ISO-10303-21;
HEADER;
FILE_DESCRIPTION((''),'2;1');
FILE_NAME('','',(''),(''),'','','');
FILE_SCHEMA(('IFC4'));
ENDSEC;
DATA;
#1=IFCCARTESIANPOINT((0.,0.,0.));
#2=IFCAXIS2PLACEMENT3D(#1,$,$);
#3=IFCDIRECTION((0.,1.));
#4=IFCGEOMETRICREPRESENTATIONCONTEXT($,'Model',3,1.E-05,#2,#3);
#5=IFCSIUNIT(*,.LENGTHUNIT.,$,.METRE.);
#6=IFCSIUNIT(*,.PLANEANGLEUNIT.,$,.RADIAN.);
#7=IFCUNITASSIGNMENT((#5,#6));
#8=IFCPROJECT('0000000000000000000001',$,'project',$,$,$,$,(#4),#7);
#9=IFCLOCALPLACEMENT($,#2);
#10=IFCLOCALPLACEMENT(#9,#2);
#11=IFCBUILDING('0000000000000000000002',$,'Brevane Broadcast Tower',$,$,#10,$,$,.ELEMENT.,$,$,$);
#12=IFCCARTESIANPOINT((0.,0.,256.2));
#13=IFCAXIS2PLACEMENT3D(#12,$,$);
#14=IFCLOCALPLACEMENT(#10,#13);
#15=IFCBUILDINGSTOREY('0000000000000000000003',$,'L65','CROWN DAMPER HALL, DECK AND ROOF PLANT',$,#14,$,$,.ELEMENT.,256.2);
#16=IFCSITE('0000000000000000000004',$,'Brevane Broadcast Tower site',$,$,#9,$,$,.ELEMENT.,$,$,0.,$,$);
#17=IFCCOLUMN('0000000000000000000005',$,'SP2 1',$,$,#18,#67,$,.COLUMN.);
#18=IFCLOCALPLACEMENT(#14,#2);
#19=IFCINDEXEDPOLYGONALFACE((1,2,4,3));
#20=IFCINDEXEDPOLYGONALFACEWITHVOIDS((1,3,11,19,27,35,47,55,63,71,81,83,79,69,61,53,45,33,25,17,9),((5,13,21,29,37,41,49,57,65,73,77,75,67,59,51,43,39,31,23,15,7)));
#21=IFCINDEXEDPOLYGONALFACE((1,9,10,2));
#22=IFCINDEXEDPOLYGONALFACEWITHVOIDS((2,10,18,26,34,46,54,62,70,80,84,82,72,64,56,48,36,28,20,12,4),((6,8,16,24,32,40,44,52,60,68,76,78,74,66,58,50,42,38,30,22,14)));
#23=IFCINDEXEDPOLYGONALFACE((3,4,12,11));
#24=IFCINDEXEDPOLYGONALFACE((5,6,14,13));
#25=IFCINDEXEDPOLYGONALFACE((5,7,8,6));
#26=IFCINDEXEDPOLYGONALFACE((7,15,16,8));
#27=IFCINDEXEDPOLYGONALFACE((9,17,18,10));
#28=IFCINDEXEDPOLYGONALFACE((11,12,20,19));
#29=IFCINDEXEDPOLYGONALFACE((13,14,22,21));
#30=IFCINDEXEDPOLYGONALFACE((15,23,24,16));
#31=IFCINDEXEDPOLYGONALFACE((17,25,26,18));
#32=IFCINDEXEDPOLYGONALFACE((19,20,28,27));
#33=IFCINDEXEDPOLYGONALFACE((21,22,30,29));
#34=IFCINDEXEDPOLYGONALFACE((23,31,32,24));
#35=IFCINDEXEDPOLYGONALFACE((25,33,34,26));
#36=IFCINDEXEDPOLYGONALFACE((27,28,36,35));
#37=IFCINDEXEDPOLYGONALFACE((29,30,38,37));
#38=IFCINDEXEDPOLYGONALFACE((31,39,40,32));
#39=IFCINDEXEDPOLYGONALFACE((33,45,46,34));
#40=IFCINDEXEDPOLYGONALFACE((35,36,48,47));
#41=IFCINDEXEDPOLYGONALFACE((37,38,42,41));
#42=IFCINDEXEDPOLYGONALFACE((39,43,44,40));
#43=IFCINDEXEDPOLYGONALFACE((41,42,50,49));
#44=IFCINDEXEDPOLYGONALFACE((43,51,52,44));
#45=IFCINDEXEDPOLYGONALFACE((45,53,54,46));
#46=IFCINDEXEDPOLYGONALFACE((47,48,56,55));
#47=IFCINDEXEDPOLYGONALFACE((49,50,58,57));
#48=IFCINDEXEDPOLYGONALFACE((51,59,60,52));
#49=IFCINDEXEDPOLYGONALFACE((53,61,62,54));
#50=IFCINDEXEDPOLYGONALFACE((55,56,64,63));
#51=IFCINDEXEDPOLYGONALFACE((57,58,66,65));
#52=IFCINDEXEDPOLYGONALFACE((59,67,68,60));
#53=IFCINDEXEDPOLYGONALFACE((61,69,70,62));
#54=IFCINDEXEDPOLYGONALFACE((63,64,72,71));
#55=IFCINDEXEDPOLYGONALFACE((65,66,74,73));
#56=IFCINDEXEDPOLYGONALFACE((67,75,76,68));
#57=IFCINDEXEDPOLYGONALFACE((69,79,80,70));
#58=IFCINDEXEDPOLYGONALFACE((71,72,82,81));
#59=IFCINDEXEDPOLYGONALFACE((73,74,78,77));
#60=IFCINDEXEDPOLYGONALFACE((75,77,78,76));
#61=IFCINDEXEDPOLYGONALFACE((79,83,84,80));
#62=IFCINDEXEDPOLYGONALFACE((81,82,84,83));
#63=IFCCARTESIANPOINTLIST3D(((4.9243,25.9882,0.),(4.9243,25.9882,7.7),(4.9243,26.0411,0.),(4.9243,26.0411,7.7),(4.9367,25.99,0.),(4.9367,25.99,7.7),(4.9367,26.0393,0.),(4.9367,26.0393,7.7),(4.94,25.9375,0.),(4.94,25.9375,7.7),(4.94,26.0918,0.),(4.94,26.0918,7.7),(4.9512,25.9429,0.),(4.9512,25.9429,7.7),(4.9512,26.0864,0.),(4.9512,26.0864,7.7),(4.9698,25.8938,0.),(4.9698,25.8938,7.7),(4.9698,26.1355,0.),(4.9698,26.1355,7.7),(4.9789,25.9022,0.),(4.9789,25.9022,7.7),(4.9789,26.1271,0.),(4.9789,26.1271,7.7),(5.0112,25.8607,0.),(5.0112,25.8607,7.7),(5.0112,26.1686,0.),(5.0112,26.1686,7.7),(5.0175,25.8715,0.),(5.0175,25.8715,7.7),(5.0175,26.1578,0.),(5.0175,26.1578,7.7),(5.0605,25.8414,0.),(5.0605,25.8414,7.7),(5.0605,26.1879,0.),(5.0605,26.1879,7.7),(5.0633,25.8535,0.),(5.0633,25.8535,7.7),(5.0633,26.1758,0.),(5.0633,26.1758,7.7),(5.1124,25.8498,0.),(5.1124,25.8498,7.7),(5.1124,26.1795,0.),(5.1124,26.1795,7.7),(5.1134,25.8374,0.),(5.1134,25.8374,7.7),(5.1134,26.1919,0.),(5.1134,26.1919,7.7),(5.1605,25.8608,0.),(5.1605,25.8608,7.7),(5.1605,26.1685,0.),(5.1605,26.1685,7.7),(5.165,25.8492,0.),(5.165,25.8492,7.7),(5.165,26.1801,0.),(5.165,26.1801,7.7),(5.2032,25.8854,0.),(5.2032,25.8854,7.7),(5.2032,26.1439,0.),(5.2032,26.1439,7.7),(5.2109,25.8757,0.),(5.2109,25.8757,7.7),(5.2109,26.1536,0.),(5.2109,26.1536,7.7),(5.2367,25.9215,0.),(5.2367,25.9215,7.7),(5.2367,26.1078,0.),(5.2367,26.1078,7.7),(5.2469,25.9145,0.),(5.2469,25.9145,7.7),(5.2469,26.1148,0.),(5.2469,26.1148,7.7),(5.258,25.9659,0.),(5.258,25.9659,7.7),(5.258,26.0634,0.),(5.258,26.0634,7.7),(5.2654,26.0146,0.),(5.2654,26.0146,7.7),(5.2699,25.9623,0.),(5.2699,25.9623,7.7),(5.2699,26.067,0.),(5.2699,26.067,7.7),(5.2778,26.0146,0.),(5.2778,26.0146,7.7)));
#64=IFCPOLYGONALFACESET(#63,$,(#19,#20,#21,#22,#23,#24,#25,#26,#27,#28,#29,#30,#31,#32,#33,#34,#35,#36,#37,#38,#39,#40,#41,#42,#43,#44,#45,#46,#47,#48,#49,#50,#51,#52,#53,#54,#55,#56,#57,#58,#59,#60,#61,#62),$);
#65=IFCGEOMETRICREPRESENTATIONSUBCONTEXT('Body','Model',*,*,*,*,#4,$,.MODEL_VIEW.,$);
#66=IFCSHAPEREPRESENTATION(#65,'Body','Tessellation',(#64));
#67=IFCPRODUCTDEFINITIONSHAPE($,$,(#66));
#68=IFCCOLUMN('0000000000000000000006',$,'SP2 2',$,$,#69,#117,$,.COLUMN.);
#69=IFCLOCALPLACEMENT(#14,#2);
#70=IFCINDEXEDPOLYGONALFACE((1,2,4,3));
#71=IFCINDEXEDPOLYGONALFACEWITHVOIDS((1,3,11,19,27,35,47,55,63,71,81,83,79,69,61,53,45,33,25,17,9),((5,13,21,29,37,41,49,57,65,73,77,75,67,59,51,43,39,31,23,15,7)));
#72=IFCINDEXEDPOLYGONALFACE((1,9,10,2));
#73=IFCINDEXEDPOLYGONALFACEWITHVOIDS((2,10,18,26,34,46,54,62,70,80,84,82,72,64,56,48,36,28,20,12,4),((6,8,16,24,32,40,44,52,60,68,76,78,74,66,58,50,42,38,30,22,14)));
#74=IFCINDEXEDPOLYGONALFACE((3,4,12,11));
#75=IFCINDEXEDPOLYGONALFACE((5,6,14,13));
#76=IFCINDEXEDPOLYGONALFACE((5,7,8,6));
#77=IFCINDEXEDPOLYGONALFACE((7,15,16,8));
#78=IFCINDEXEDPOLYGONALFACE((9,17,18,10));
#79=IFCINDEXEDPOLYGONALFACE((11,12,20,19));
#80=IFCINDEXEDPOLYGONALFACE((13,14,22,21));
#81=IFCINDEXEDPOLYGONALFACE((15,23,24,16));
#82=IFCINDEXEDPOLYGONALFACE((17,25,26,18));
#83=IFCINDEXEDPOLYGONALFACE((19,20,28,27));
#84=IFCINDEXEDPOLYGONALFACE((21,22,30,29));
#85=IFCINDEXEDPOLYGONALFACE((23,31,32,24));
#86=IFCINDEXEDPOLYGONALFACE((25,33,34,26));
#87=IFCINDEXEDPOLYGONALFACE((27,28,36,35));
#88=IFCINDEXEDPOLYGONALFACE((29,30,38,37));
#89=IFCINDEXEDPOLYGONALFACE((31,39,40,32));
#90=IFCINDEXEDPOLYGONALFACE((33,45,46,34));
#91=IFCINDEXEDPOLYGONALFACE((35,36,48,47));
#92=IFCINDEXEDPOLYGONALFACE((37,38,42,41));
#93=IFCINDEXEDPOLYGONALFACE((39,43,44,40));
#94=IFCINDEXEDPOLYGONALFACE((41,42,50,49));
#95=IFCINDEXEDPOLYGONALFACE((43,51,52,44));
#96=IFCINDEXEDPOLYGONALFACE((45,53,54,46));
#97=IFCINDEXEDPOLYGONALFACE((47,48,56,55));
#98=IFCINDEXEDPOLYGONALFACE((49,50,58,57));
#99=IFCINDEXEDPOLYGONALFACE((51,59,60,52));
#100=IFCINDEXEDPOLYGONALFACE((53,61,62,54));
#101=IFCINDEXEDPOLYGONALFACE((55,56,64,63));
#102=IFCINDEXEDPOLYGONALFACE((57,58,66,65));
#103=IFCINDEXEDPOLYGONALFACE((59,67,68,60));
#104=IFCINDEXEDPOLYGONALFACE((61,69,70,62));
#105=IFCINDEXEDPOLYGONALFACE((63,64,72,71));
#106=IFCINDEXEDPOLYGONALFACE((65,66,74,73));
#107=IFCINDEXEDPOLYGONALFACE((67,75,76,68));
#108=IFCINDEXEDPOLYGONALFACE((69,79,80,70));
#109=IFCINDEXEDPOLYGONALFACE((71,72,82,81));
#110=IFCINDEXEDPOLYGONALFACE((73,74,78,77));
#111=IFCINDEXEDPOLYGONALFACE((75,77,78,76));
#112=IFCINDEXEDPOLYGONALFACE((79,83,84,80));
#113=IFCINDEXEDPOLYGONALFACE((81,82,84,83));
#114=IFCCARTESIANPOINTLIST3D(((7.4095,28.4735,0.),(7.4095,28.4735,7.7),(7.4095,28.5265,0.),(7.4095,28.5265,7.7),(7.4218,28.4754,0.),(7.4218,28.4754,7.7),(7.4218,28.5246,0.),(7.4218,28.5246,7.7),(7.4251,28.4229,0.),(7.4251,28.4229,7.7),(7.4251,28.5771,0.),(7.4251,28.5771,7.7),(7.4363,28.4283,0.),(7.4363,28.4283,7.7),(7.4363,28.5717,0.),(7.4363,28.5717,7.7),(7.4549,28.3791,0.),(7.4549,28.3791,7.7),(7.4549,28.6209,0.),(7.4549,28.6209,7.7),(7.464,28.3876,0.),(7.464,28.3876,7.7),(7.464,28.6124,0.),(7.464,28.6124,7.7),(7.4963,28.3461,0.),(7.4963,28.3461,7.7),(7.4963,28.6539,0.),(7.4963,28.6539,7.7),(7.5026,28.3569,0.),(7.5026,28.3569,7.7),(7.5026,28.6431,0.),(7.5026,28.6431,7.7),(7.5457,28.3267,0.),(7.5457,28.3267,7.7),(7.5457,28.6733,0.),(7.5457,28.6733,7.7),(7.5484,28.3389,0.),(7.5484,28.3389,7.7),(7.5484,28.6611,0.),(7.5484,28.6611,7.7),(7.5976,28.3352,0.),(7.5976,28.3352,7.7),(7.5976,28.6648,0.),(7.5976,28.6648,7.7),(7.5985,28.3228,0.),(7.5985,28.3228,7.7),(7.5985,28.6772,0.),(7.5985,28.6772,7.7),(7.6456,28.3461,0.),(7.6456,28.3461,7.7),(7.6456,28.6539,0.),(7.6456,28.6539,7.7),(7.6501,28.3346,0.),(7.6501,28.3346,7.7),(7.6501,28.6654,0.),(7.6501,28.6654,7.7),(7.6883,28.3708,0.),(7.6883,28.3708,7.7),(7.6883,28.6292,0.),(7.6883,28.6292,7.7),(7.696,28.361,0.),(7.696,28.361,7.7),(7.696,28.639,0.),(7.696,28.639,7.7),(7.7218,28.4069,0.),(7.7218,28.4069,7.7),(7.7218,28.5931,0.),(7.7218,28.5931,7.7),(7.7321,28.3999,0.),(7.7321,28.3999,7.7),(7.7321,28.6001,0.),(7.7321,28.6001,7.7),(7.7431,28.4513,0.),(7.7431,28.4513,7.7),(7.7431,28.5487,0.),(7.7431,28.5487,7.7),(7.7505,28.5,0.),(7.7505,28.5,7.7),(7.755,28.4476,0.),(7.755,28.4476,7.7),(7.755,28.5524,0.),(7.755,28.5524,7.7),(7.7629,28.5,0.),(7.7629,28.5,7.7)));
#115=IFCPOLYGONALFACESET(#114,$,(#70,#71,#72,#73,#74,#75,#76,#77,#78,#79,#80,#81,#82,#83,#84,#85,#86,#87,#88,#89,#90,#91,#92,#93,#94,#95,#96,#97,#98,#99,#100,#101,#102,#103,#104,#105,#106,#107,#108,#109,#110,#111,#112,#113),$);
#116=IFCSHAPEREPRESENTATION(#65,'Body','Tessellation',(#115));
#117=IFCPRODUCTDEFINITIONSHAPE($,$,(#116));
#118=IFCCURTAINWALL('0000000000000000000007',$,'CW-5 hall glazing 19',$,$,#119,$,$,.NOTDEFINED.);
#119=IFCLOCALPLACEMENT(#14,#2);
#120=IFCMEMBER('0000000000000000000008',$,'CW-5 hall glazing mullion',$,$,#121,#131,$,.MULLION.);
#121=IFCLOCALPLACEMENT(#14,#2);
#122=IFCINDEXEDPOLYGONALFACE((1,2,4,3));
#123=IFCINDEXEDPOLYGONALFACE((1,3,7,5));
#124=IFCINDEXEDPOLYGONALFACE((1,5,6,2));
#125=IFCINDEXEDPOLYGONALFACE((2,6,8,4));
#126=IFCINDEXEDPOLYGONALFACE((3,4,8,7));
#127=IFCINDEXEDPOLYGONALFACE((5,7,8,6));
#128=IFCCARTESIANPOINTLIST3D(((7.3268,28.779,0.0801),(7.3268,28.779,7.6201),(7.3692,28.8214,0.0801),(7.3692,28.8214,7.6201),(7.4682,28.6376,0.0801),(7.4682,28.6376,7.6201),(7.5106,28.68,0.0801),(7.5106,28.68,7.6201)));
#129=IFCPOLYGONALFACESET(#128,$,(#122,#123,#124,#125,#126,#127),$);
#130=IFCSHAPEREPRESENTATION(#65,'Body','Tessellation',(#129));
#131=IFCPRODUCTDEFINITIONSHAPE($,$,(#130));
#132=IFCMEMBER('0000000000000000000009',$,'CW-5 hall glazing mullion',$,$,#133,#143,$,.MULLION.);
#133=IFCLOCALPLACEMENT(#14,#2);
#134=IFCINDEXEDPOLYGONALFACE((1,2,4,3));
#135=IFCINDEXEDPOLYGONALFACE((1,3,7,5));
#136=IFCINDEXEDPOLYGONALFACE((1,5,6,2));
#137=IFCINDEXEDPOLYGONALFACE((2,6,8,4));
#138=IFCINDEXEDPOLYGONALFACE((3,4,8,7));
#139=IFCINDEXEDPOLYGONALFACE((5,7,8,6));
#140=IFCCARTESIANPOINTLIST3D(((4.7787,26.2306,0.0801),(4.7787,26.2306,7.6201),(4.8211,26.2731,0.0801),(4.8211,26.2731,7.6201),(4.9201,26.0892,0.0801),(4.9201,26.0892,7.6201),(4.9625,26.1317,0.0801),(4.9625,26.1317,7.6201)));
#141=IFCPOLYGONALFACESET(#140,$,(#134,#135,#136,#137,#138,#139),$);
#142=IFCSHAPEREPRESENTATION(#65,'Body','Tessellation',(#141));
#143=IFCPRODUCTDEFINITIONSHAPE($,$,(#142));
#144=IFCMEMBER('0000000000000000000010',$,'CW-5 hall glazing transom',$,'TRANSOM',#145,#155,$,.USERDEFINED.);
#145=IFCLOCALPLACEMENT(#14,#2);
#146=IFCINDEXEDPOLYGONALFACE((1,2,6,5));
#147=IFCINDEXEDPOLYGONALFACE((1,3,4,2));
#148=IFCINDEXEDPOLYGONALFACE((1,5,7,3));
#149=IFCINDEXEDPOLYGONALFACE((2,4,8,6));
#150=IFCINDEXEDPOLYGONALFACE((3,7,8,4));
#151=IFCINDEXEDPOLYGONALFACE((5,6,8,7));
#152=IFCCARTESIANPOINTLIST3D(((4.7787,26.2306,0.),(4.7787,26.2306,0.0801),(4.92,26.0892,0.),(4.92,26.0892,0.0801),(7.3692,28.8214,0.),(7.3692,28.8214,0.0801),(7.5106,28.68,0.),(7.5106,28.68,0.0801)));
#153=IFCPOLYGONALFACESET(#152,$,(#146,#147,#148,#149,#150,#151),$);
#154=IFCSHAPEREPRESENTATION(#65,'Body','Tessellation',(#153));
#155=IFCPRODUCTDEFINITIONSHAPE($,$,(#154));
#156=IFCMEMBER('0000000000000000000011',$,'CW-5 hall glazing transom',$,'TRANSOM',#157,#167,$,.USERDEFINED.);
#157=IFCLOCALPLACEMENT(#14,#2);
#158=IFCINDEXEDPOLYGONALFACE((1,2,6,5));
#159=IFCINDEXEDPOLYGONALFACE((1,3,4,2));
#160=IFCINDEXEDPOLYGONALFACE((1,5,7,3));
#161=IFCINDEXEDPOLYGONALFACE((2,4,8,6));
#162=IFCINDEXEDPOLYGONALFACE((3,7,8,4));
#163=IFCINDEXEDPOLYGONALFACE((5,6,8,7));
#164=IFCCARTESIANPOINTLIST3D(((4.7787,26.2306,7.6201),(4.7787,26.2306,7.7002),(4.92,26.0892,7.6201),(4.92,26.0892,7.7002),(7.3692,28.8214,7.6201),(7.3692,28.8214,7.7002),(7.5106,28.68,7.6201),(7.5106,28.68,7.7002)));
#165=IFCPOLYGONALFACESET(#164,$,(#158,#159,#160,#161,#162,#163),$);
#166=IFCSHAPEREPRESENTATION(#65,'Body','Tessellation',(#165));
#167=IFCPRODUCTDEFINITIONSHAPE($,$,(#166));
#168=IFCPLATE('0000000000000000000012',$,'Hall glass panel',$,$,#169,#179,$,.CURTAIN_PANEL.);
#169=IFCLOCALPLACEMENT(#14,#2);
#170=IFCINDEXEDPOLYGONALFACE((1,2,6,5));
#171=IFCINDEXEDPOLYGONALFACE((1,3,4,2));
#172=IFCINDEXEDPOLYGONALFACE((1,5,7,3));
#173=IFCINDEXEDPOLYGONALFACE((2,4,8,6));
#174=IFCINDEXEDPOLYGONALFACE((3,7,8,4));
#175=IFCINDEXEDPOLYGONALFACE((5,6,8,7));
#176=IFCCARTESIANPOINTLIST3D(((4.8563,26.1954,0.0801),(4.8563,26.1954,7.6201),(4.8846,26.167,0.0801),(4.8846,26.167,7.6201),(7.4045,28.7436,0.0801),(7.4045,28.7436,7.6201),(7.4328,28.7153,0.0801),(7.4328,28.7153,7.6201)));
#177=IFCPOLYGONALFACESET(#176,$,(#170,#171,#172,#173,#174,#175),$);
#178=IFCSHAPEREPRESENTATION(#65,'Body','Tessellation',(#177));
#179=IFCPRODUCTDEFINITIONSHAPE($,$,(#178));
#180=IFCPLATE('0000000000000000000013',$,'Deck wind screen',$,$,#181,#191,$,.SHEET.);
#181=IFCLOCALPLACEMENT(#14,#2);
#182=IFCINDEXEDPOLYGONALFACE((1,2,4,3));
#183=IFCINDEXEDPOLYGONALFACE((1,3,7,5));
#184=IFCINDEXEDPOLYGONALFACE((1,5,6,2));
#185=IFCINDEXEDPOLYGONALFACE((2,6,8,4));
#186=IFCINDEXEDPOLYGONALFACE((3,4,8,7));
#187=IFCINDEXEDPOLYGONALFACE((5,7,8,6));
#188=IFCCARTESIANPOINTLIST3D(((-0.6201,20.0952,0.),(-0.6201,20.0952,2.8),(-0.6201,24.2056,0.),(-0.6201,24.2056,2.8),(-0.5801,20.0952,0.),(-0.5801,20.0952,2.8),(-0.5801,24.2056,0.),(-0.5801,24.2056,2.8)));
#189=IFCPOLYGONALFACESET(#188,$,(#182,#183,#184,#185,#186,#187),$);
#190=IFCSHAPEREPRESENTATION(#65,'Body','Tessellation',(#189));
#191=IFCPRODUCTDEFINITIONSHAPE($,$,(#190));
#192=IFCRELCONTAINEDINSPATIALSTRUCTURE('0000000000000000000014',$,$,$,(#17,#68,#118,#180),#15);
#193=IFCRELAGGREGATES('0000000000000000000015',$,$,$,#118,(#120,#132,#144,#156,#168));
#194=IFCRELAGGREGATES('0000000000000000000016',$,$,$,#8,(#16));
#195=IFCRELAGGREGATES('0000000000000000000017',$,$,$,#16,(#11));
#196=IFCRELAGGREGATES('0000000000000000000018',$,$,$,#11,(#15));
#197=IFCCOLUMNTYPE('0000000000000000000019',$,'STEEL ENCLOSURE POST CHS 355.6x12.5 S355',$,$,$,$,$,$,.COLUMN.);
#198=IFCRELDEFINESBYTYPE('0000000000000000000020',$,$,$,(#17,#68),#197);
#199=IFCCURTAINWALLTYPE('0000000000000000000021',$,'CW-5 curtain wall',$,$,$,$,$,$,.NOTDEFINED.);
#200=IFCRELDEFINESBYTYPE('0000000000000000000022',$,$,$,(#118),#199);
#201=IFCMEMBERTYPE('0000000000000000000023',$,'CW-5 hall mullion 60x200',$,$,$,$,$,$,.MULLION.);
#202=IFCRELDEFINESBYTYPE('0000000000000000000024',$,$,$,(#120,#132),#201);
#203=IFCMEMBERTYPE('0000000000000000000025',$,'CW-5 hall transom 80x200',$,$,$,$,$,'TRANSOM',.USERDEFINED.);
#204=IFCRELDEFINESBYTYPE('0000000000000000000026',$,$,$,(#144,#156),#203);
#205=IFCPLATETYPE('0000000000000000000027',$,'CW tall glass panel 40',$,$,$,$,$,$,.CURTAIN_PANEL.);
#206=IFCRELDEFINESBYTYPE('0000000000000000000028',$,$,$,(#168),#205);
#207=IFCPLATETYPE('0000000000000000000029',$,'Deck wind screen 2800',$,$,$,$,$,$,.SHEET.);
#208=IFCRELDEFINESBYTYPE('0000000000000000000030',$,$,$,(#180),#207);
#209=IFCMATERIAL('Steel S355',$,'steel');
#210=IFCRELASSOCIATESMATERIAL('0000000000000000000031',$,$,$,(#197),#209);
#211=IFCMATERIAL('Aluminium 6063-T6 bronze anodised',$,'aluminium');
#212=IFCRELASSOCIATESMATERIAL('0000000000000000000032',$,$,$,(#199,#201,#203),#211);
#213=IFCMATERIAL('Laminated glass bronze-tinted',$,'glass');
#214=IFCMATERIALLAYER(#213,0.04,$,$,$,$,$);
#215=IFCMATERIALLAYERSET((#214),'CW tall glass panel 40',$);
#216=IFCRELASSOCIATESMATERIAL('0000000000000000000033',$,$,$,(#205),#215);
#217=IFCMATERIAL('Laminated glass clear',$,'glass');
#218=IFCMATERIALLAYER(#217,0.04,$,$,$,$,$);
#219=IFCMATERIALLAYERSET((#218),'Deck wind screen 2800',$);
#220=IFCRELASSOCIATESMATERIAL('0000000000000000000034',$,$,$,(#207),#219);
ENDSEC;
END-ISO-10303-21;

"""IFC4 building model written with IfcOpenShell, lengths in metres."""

from ifc_helpers import new_model, si_unit, direction, frame, origin, origin_2d, place, context, subcontext, project, spatial, rectangle, hollow_circle, extrude, material, layer, layer_set, material_profile, profile_set, type_object, element, aggregate, save


model = new_model("IFC4")

# Units and contexts
model_context = context("Model", 3, precision=1e-05, world=origin(), true_north=direction((0.0, 1.0)))
body_context = subcontext(model_context, "Body", "Model", "MODEL_VIEW")
ifc_project = project(units=[si_unit("LENGTHUNIT", "METRE"), si_unit("PLANEANGLEUNIT", "RADIAN")], contexts=[model_context])

# Site, building, storey
site_placement = place(None, origin())
site = spatial("IfcSite", under=ifc_project, at=site_placement, Name="Brevane Broadcast Tower site", CompositionType="ELEMENT", RefElevation=0.0)
building_placement = place(site_placement, origin())
building = spatial("IfcBuilding", under=site, at=building_placement, Name="Brevane Broadcast Tower", CompositionType="ELEMENT")
storey_placement = place(building_placement, frame((0.0, 0.0, 256.2)))
storey = spatial("IfcBuildingStorey", under=building, at=storey_placement, Name="L65", Description="CROWN DAMPER HALL, DECK AND ROOF PLANT", CompositionType="ELEMENT", Elevation=256.2)

# Columns
ifc_material_1 = material(Name="Steel S355", Category="steel")
ifc_material_profile_1 = material_profile(ifc_material_1, hollow_circle(Radius=0.1777, WallThickness=0.0125, at=origin_2d()), Name="CHS 355.6x12.5")
ifc_profile_set_1 = profile_set([ifc_material_profile_1], Name="Steel S355")
column_type = type_object("IfcColumnType", Name="STEEL ENCLOSURE POST CHS 355.6x12.5 S355", PredefinedType="COLUMN", material=ifc_profile_set_1)
for number, where, z_axis, x_axis, name in (
    (1, (5.1001, 26.0146, 0.0), (0.0, 0.0, 1.0), (1.0, 0.0, 0.0), "SP2 1"),
    (2, (7.5852, 28.5, 0.0), (0.0, 0.0, 1.0), (1.0, 0.0, 0.0), "SP2 2"),
):
    element("IfcColumn", number, at=place(storey_placement, frame(where, z_axis=z_axis, x_axis=x_axis)), inside=storey, type_object=column_type, Name=name, PredefinedType="COLUMN", context=body_context, shape_type="SweptSolid", body=[
        extrude(hollow_circle(Radius=0.1777, WallThickness=0.0125, at=origin_2d()), origin(), (0.0, 0.0, 1.0), 7.7),
    ])

# Curtain wall, members, plate
ifc_material_2 = material(Name="Aluminium 6063-T6 bronze anodised", Category="aluminium")
curtain_wall_type = type_object("IfcCurtainWallType", Name="CW-5 curtain wall", PredefinedType="NOTDEFINED", material=ifc_material_2)
curtain_wall_placement = place(storey_placement, origin())
curtain_wall = element("IfcCurtainWall", 3, at=curtain_wall_placement, inside=storey, type_object=curtain_wall_type, Name="CW-5 hall glazing 19", PredefinedType="NOTDEFINED")
ifc_material_profile_2 = material_profile(ifc_material_2, rectangle(XDim=0.2, YDim=0.0601, at=origin_2d()), Name="RECT 60x200")
ifc_profile_set_2 = profile_set([ifc_material_profile_2], Name="Aluminium 6063-T6 bronze anodised")
member_type_1 = type_object("IfcMemberType", Name="CW-5 hall mullion 60x200", PredefinedType="MULLION", material=ifc_profile_set_2)
member_1_placement = place(storey_placement, frame((7.4187, 28.7295, 0.0801), z_axis=(0.0, 0.0, 1.0), x_axis=(0.707107, -0.707107, 0.0)))
member_1 = element("IfcMember", 4, at=member_1_placement, type_object=member_type_1, Name="CW-5 hall glazing mullion", PredefinedType="MULLION", context=body_context, shape_type="SweptSolid", body=[
    extrude(rectangle(XDim=0.2, YDim=0.0601, at=origin_2d()), origin(), (0.0, 0.0, 1.0), 7.54),
])
member_2_placement = place(storey_placement, frame((4.8706, 26.1812, 0.0801), z_axis=(0.0, 0.0, 1.0), x_axis=(0.707107, -0.707107, 0.0)))
member_2 = element("IfcMember", 5, at=member_2_placement, type_object=member_type_1, Name="CW-5 hall glazing mullion", PredefinedType="MULLION", context=body_context, shape_type="SweptSolid", body=[
    extrude(rectangle(XDim=0.2, YDim=0.0601, at=origin_2d()), origin(), (0.0, 0.0, 1.0), 7.54),
])
ifc_material_profile_3 = material_profile(ifc_material_2, rectangle(XDim=0.2, YDim=0.0801, at=origin_2d()), Name="RECT 80x200")
ifc_profile_set_3 = profile_set([ifc_material_profile_3], Name="Aluminium 6063-T6 bronze anodised")
member_type_2 = type_object("IfcMemberType", Name="CW-5 hall transom 80x200", ElementType="TRANSOM", PredefinedType="USERDEFINED", material=ifc_profile_set_3)
member_3_placement = place(storey_placement, frame((7.4399, 28.7507, 0.04), z_axis=(-0.707073, -0.70714, 0.0), x_axis=(0.70714, -0.707073, 0.0)))
member_3 = element("IfcMember", 6, at=member_3_placement, type_object=member_type_2, Name="CW-5 hall glazing transom", ObjectType="TRANSOM", PredefinedType="USERDEFINED", context=body_context, shape_type="SweptSolid", body=[
    extrude(rectangle(XDim=0.2, YDim=0.0801, at=origin_2d()), origin(), (0.0, 0.0, 1.0), 3.6638),
])
member_4_placement = place(storey_placement, frame((7.4399, 28.7507, 7.6602), z_axis=(-0.707073, -0.70714, 0.0), x_axis=(0.70714, -0.707073, 0.0)))
member_4 = element("IfcMember", 7, at=member_4_placement, type_object=member_type_2, Name="CW-5 hall glazing transom", ObjectType="TRANSOM", PredefinedType="USERDEFINED", context=body_context, shape_type="SweptSolid", body=[
    extrude(rectangle(XDim=0.2, YDim=0.0801, at=origin_2d()), origin(), (0.0, 0.0, 1.0), 3.6638),
])
ifc_material_3 = material(Name="Laminated glass bronze-tinted", Category="glass")
ifc_layer_1 = layer(ifc_material_3, 0.04)
ifc_layer_set_1 = layer_set([ifc_layer_1], Name="CW tall glass panel 40")
plate_type_1 = type_object("IfcPlateType", Name="CW tall glass panel 40", PredefinedType="CURTAIN_PANEL", material=ifc_layer_set_1)
plate_1_placement = place(storey_placement, frame((6.1445, 27.4553, 0.0801), z_axis=(0.0, 0.0, 1.0), x_axis=(-0.707107, -0.707107, 0.0)))
plate_1 = element("IfcPlate", 8, at=plate_1_placement, type_object=plate_type_1, Name="Hall glass panel", PredefinedType="CURTAIN_PANEL", context=body_context, shape_type="SweptSolid", body=[
    extrude(rectangle(XDim=3.6038, YDim=0.04, at=origin_2d()), origin(), (0.0, 0.0, 1.0), 7.54),
])
aggregate(curtain_wall, [member_1, member_2, member_3, member_4, plate_1])

# Plate
ifc_material_4 = material(Name="Laminated glass clear", Category="glass")
ifc_layer_2 = layer(ifc_material_4, 0.04)
ifc_layer_set_2 = layer_set([ifc_layer_2], Name="Deck wind screen 2800")
plate_type_2 = type_object("IfcPlateType", Name="Deck wind screen 2800", PredefinedType="SHEET", material=ifc_layer_set_2)
for number, where, z_axis, x_axis, name in (
    (9, (-0.6001, 22.1504, 0.0), (0.0, 0.0, 1.0), (0.0, 1.0, 0.0), "Deck wind screen"),
):
    element("IfcPlate", number, at=place(storey_placement, frame(where, z_axis=z_axis, x_axis=x_axis)), inside=storey, type_object=plate_type_2, Name=name, PredefinedType="SHEET", context=body_context, shape_type="SweptSolid", body=[
        extrude(rectangle(XDim=4.1104, YDim=0.04, at=origin_2d()), origin(), (0.0, 0.0, 1.0), 2.8),
    ])

save(model, "model.ifc")
